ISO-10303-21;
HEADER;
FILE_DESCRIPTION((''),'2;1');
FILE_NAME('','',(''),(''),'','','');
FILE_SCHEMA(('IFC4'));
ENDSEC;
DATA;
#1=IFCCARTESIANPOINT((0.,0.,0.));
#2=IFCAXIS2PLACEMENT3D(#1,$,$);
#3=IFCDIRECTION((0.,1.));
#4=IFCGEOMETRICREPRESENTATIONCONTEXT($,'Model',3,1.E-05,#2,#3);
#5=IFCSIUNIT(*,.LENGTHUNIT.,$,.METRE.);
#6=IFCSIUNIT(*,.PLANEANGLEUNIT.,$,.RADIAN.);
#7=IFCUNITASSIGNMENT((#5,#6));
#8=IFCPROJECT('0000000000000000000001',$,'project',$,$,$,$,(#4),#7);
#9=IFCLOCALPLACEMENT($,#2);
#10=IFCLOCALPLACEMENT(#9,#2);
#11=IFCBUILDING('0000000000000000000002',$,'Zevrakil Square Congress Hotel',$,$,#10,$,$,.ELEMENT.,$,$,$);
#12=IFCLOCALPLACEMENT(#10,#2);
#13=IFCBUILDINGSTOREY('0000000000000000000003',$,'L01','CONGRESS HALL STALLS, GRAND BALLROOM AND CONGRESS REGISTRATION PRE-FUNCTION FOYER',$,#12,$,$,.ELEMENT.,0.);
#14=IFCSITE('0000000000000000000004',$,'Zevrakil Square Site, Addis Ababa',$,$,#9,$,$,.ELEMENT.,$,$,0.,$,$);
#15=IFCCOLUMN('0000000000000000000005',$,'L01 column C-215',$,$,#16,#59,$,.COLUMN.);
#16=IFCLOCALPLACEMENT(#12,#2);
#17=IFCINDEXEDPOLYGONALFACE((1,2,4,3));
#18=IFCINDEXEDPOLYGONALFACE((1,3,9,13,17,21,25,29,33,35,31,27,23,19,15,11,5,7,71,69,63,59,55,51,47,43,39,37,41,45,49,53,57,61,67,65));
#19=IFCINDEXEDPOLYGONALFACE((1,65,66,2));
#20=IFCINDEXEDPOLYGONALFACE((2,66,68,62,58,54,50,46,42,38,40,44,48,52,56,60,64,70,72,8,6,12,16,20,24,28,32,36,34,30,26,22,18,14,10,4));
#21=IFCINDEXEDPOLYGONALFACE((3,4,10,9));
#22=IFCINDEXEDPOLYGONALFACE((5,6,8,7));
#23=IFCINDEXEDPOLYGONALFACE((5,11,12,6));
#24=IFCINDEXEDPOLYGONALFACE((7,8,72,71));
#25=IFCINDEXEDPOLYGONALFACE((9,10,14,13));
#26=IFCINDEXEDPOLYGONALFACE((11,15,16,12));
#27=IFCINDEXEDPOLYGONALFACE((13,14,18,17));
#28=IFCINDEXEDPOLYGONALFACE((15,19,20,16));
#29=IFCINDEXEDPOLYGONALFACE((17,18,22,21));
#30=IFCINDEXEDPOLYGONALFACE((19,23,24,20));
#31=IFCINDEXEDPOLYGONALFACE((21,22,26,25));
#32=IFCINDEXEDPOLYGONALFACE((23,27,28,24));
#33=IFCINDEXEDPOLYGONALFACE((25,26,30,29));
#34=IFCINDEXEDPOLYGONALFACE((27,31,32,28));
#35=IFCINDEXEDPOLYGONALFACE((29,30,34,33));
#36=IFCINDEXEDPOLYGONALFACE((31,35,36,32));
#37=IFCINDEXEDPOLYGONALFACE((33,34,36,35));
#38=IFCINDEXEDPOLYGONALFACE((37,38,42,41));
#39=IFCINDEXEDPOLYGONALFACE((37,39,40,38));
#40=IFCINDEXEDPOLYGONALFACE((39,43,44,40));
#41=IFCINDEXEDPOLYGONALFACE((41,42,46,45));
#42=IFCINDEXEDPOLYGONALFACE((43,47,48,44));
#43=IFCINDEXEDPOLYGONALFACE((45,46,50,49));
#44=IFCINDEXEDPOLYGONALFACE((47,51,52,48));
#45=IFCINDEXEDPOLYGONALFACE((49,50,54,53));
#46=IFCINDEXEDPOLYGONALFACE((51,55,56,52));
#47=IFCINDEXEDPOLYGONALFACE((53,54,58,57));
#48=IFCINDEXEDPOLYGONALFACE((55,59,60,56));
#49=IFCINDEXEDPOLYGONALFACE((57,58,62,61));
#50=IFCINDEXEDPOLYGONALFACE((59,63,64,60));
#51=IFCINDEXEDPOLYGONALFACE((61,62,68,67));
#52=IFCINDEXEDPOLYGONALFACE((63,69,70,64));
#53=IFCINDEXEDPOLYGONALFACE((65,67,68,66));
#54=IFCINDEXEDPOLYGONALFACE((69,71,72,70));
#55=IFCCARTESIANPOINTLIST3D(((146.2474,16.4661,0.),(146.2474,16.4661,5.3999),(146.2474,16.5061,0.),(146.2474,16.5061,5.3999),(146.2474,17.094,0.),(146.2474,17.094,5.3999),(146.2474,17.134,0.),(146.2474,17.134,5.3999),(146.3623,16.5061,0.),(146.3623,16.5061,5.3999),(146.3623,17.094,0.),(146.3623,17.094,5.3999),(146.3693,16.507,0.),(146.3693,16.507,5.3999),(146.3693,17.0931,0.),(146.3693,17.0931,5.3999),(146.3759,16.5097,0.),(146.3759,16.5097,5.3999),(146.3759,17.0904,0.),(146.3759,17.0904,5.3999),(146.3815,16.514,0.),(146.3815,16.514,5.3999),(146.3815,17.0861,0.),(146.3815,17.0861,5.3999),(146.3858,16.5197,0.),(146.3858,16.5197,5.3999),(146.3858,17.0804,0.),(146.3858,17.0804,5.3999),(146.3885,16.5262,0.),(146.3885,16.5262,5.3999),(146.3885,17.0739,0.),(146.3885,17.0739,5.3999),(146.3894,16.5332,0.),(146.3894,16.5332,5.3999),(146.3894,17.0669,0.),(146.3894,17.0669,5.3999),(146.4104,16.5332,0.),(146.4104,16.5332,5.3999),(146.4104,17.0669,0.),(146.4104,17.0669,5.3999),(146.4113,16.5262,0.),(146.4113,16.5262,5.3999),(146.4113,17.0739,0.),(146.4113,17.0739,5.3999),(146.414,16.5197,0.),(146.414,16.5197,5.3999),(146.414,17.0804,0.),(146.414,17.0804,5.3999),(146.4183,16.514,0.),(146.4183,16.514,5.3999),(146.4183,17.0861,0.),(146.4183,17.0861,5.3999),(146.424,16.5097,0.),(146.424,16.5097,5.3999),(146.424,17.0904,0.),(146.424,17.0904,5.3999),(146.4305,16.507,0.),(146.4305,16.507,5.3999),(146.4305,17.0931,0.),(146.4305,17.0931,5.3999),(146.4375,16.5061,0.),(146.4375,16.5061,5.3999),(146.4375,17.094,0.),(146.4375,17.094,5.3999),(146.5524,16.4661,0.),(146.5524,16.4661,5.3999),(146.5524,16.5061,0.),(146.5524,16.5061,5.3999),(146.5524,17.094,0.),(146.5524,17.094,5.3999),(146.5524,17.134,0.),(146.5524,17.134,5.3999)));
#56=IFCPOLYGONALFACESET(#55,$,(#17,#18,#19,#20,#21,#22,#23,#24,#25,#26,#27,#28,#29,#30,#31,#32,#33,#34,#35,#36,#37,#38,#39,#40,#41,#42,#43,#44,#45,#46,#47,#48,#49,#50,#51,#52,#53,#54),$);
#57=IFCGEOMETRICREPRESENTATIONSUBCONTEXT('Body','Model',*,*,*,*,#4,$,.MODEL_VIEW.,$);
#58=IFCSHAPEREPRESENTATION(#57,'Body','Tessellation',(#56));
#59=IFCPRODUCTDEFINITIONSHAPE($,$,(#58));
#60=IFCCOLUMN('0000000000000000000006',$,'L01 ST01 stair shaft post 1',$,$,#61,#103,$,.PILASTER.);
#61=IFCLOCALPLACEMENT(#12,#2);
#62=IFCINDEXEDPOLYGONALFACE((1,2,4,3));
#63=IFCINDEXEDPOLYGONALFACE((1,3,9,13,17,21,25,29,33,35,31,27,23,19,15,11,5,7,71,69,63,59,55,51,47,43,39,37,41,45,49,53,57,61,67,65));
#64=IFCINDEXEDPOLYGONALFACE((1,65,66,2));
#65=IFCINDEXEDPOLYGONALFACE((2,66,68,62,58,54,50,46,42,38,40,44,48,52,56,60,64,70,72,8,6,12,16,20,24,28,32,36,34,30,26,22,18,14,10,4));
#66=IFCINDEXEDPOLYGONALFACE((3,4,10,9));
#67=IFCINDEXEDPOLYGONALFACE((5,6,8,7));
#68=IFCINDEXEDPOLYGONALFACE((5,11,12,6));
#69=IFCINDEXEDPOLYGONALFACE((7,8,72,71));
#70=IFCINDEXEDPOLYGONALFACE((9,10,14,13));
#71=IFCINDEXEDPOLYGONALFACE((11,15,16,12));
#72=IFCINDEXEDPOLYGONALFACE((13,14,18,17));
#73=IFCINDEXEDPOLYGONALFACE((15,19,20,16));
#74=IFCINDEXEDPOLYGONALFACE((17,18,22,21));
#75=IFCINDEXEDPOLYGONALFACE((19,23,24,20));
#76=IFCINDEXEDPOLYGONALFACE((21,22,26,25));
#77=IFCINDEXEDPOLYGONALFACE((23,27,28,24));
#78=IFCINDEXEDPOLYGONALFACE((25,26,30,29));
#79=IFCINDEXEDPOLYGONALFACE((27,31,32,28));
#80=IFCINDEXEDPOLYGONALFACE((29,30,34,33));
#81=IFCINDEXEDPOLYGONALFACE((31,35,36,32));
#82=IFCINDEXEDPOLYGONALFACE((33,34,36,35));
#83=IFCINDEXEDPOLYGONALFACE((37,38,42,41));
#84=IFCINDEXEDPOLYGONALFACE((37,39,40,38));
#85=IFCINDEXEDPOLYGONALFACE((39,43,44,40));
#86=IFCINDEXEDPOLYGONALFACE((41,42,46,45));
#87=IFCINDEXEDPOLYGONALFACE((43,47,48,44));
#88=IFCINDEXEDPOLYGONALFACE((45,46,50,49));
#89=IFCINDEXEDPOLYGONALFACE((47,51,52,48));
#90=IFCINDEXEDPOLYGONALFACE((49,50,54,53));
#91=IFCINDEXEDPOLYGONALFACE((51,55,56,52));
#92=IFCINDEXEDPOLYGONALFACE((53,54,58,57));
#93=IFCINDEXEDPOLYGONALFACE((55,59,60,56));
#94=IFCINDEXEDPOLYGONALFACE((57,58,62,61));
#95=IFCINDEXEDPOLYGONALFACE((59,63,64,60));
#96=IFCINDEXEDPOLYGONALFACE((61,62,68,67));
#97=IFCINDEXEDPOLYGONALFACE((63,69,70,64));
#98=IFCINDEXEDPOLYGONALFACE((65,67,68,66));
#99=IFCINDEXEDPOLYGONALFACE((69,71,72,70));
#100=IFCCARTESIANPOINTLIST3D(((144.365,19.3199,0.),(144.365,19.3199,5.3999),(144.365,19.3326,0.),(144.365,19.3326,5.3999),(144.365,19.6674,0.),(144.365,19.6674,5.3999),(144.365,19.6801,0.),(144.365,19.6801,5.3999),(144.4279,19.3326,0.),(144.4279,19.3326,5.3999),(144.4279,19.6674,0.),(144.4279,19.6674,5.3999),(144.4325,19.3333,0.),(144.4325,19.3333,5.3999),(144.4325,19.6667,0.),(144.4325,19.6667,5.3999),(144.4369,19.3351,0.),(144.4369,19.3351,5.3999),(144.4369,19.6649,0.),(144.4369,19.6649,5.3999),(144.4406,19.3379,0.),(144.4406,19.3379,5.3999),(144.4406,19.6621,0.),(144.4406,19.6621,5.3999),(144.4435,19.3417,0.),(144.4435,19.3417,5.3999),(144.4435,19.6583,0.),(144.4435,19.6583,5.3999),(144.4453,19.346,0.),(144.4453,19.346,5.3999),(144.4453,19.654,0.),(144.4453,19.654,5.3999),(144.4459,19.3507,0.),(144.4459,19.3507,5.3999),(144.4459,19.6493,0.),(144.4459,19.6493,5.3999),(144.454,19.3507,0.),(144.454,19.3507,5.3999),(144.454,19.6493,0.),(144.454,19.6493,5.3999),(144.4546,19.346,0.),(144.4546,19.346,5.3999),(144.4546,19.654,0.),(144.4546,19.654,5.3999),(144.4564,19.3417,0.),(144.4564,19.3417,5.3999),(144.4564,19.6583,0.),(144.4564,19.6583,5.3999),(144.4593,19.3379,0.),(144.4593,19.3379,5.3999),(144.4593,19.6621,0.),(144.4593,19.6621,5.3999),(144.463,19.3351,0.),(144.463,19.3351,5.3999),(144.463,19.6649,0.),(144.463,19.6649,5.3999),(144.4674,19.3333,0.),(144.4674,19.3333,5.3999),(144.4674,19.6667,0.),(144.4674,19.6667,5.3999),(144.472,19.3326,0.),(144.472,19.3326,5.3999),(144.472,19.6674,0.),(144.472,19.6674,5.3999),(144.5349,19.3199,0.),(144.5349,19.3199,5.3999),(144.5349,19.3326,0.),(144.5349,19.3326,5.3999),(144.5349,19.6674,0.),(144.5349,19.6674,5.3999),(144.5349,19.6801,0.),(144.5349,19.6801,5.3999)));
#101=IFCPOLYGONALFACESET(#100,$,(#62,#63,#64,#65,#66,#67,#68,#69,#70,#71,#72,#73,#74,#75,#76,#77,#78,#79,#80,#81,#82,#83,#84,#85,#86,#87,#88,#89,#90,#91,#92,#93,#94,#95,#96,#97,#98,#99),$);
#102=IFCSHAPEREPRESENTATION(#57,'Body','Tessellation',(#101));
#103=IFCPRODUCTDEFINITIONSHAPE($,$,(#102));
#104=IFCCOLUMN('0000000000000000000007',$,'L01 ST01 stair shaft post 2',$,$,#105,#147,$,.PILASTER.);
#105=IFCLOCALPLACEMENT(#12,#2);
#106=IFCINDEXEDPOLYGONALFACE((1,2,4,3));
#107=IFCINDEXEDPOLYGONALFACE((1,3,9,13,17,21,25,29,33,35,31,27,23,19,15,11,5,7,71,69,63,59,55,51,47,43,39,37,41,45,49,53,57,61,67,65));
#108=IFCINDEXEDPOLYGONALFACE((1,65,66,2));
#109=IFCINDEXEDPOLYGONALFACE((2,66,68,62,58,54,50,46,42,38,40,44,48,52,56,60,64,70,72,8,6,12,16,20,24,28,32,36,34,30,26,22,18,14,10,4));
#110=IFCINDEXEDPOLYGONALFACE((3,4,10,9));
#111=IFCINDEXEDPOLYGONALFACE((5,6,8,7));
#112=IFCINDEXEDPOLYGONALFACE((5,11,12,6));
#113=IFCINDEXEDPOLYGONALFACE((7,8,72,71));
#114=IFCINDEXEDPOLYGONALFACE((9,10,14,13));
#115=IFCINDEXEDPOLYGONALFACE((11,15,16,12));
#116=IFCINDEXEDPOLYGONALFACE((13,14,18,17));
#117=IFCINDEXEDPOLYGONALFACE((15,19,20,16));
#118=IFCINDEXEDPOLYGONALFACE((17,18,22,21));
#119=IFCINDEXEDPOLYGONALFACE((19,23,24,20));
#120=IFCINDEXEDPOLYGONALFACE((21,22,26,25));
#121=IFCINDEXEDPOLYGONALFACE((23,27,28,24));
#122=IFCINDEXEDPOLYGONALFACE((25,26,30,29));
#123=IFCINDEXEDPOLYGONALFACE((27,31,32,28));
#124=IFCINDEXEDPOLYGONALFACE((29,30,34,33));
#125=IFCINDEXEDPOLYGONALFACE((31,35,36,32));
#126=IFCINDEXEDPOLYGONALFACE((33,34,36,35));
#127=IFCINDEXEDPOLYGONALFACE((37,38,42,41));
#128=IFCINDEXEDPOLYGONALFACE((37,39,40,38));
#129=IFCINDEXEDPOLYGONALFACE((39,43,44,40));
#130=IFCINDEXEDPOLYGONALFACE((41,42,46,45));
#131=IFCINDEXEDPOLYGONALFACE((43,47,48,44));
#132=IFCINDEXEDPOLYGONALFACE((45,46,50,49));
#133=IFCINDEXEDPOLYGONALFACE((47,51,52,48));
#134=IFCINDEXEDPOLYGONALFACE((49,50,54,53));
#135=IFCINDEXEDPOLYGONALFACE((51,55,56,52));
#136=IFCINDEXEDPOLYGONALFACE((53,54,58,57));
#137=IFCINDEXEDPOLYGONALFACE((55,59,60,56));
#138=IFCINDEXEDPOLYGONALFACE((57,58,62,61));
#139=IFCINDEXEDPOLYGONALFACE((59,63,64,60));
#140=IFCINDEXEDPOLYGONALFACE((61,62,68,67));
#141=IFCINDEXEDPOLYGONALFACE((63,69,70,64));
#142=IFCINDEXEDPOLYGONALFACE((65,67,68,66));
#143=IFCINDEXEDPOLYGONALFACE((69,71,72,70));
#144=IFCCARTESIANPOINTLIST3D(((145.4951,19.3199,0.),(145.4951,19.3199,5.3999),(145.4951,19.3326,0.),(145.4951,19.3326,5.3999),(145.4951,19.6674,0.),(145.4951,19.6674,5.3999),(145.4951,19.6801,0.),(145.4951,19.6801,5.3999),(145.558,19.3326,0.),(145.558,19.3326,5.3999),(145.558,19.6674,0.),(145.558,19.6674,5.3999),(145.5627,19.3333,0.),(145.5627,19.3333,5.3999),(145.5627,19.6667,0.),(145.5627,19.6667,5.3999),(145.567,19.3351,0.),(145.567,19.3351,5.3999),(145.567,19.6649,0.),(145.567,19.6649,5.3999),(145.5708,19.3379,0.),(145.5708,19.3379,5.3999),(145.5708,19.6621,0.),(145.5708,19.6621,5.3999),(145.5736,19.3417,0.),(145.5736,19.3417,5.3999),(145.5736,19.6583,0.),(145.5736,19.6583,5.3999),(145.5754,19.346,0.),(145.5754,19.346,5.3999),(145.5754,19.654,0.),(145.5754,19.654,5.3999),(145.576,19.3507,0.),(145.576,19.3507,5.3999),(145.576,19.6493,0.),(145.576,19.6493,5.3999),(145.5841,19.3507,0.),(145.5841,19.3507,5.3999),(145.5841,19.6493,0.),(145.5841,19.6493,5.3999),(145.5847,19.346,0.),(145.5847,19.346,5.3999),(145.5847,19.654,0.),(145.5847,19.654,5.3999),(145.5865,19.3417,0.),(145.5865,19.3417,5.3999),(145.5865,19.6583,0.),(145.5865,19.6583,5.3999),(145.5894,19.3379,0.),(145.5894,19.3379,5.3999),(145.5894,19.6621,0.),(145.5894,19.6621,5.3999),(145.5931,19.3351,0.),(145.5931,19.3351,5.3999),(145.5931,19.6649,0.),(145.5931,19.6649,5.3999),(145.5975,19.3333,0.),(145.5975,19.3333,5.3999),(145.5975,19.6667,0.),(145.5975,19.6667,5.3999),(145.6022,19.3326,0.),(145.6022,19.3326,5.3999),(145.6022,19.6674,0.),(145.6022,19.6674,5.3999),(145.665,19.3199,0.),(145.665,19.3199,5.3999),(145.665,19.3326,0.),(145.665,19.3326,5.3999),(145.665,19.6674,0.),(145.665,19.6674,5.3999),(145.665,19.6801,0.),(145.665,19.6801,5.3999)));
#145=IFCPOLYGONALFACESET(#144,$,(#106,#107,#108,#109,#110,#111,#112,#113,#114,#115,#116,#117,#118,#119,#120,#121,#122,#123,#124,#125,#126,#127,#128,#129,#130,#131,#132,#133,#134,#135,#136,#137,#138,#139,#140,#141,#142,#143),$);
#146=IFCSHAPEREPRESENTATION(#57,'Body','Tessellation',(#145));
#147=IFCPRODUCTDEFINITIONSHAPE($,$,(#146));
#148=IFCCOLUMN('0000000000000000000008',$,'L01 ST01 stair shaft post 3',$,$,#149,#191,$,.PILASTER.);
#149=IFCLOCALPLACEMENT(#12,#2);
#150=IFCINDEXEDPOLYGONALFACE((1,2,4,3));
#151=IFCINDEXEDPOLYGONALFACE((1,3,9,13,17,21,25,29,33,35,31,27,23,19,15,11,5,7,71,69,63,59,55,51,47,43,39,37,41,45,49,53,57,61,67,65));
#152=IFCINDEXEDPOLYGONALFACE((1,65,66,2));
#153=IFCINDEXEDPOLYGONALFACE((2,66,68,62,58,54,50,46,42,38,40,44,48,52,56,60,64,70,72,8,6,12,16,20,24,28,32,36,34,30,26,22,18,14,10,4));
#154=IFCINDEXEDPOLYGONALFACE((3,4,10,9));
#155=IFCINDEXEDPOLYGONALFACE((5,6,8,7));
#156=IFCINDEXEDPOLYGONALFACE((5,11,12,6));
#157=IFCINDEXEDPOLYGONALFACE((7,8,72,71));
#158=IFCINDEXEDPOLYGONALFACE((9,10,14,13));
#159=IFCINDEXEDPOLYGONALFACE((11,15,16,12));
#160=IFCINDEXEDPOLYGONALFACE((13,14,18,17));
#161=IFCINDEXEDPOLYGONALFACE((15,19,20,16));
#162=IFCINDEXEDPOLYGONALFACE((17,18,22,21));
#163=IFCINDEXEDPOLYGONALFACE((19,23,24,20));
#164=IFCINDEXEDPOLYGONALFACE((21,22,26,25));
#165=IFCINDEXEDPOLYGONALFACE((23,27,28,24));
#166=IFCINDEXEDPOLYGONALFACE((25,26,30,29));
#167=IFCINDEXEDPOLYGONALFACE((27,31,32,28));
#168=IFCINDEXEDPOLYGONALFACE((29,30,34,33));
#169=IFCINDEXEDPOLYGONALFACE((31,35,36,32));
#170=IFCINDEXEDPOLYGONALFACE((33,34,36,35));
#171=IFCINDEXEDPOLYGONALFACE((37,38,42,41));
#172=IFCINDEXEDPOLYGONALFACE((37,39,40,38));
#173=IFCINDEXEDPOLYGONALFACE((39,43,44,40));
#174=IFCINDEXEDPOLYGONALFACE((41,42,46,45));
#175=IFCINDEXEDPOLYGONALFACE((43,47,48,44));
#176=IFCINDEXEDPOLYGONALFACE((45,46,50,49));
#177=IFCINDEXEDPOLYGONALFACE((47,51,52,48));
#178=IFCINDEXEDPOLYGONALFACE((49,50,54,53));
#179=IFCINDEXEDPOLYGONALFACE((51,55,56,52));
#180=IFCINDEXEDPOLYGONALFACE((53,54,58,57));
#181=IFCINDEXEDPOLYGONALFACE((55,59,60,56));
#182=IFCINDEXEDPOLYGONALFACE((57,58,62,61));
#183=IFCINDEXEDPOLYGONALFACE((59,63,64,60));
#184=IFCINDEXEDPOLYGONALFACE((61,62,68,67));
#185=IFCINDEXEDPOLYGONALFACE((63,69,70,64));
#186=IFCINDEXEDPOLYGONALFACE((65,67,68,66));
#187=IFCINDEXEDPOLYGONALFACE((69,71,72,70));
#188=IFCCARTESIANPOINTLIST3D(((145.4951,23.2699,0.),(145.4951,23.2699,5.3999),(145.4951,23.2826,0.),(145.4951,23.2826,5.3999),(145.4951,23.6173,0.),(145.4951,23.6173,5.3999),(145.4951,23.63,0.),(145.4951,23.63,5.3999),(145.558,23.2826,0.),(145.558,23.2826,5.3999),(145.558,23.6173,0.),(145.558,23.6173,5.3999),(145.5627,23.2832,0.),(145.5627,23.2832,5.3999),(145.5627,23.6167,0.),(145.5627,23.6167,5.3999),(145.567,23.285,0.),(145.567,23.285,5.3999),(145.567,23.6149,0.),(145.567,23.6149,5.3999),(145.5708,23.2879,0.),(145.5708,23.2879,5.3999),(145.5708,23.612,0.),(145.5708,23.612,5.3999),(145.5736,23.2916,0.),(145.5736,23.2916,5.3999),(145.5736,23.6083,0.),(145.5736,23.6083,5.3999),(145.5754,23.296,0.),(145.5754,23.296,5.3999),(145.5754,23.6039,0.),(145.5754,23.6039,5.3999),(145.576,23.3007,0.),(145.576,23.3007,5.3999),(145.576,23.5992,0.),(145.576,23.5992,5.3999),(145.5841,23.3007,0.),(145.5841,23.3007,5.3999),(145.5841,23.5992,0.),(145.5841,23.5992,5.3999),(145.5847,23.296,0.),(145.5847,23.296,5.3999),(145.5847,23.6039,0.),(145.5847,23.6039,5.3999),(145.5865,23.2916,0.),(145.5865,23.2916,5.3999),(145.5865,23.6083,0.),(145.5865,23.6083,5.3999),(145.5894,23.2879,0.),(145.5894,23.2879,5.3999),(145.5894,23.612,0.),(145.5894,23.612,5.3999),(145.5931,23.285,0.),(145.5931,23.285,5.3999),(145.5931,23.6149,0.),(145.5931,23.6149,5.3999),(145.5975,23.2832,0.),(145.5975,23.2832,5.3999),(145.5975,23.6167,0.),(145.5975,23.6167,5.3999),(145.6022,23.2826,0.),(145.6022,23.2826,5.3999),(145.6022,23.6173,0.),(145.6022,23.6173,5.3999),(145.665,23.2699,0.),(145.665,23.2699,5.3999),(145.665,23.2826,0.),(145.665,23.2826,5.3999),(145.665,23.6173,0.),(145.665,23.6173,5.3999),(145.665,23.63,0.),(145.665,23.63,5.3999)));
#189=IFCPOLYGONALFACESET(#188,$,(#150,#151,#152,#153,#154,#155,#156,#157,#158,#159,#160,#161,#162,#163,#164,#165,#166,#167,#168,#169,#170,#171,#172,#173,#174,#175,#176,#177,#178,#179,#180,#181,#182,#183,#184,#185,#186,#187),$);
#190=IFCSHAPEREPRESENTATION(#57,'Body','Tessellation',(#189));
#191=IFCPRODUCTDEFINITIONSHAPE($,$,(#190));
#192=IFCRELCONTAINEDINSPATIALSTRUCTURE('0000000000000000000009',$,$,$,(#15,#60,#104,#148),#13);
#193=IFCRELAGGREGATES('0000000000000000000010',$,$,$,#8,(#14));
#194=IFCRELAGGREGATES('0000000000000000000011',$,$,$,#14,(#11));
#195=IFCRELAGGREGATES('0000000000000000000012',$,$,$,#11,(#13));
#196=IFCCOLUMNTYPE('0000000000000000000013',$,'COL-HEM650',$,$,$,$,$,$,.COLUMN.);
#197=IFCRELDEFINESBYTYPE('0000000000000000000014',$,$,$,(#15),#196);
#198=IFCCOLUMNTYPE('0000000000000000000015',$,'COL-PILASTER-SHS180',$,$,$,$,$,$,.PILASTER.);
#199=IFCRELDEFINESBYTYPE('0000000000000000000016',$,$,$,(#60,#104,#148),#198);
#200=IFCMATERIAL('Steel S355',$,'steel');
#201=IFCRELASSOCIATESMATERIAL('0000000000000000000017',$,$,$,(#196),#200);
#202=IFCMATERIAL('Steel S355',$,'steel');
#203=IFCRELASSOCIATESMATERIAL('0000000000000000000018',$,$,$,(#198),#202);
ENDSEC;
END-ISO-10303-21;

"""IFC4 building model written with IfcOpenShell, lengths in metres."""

from ifc_helpers import new_model, si_unit, direction, frame, origin, origin_2d, place, context, subcontext, project, spatial, i_section, extrude, material, material_profile, profile_set, type_object, element, save


model = new_model("IFC4")

# Units and contexts
model_context = context("Model", 3, precision=1e-05, world=origin(), true_north=direction((0.0, 1.0)))
body_context = subcontext(model_context, "Body", "Model", "MODEL_VIEW")
ifc_project = project(units=[si_unit("LENGTHUNIT", "METRE"), si_unit("PLANEANGLEUNIT", "RADIAN")], contexts=[model_context])

# Site, building, storey
site_placement = place(None, origin())
site = spatial("IfcSite", under=ifc_project, at=site_placement, Name="Zevrakil Square Site, Addis Ababa", CompositionType="ELEMENT", RefElevation=0.0)
building_placement = place(site_placement, origin())
building = spatial("IfcBuilding", under=site, at=building_placement, Name="Zevrakil Square Congress Hotel", CompositionType="ELEMENT")
storey_placement = place(building_placement, origin())
storey = spatial("IfcBuildingStorey", under=building, at=storey_placement, Name="L01", Description="CONGRESS HALL STALLS, GRAND BALLROOM AND CONGRESS REGISTRATION PRE-FUNCTION FOYER", CompositionType="ELEMENT", Elevation=0.0)

# Columns
ifc_material_1 = material(Name="Steel S355", Category="steel")
ifc_material_profile_1 = material_profile(ifc_material_1, i_section(OverallWidth=0.3049, OverallDepth=0.668, WebThickness=0.021, FlangeThickness=0.04, FilletRadius=0.0271, at=origin_2d()), Name="HEM 650")
ifc_profile_set_1 = profile_set([ifc_material_profile_1], Name="Steel S355")
column_type_1 = type_object("IfcColumnType", Name="COL-HEM650", PredefinedType="COLUMN", material=ifc_profile_set_1)
column_placement = place(storey_placement, frame((146.3999, 16.8, 0.0), z_axis=(0.0, 0.0, 1.0), x_axis=(1.0, 0.0, 0.0)))
element("IfcColumn", 1, at=column_placement, inside=storey, type_object=column_type_1, Name="L01 column C-215", PredefinedType="COLUMN", context=body_context, shape_type="SweptSolid", body=[
    extrude(i_section(OverallWidth=0.3049, OverallDepth=0.668, WebThickness=0.021, FlangeThickness=0.04, FilletRadius=0.0271, at=origin_2d()), origin(), (0.0, 0.0, 1.0), 5.3999),
])
ifc_material_2 = material(Name="Steel S355", Category="steel")
ifc_material_profile_2 = material_profile(ifc_material_2, i_section(OverallWidth=0.1699, OverallDepth=0.3601, WebThickness=0.0081, FlangeThickness=0.0127, FilletRadius=0.0181, at=origin_2d()), Name="IPE 360")
ifc_profile_set_2 = profile_set([ifc_material_profile_2], Name="Steel S355")
column_type_2 = type_object("IfcColumnType", Name="COL-PILASTER-SHS180", PredefinedType="PILASTER", material=ifc_profile_set_2)
for number, where, z_axis, x_axis, name in (
    (2, (144.45, 19.5, 0.0), (0.0, 0.0, 1.0), (1.0, 0.0, 0.0), "L01 ST01 stair shaft post 1"),
    (3, (145.5801, 19.5, 0.0), (0.0, 0.0, 1.0), (1.0, 0.0, 0.0), "L01 ST01 stair shaft post 2"),
    (4, (145.5801, 23.45, 0.0), (0.0, 0.0, 1.0), (1.0, 0.0, 0.0), "L01 ST01 stair shaft post 3"),
):
    element("IfcColumn", number, at=place(storey_placement, frame(where, z_axis=z_axis, x_axis=x_axis)), inside=storey, type_object=column_type_2, Name=name, PredefinedType="PILASTER", context=body_context, shape_type="SweptSolid", body=[
        extrude(i_section(OverallWidth=0.1699, OverallDepth=0.3601, WebThickness=0.0081, FlangeThickness=0.0127, FilletRadius=0.0181, at=origin_2d()), origin(), (0.0, 0.0, 1.0), 5.3999),
    ])

save(model, "model.ifc")
